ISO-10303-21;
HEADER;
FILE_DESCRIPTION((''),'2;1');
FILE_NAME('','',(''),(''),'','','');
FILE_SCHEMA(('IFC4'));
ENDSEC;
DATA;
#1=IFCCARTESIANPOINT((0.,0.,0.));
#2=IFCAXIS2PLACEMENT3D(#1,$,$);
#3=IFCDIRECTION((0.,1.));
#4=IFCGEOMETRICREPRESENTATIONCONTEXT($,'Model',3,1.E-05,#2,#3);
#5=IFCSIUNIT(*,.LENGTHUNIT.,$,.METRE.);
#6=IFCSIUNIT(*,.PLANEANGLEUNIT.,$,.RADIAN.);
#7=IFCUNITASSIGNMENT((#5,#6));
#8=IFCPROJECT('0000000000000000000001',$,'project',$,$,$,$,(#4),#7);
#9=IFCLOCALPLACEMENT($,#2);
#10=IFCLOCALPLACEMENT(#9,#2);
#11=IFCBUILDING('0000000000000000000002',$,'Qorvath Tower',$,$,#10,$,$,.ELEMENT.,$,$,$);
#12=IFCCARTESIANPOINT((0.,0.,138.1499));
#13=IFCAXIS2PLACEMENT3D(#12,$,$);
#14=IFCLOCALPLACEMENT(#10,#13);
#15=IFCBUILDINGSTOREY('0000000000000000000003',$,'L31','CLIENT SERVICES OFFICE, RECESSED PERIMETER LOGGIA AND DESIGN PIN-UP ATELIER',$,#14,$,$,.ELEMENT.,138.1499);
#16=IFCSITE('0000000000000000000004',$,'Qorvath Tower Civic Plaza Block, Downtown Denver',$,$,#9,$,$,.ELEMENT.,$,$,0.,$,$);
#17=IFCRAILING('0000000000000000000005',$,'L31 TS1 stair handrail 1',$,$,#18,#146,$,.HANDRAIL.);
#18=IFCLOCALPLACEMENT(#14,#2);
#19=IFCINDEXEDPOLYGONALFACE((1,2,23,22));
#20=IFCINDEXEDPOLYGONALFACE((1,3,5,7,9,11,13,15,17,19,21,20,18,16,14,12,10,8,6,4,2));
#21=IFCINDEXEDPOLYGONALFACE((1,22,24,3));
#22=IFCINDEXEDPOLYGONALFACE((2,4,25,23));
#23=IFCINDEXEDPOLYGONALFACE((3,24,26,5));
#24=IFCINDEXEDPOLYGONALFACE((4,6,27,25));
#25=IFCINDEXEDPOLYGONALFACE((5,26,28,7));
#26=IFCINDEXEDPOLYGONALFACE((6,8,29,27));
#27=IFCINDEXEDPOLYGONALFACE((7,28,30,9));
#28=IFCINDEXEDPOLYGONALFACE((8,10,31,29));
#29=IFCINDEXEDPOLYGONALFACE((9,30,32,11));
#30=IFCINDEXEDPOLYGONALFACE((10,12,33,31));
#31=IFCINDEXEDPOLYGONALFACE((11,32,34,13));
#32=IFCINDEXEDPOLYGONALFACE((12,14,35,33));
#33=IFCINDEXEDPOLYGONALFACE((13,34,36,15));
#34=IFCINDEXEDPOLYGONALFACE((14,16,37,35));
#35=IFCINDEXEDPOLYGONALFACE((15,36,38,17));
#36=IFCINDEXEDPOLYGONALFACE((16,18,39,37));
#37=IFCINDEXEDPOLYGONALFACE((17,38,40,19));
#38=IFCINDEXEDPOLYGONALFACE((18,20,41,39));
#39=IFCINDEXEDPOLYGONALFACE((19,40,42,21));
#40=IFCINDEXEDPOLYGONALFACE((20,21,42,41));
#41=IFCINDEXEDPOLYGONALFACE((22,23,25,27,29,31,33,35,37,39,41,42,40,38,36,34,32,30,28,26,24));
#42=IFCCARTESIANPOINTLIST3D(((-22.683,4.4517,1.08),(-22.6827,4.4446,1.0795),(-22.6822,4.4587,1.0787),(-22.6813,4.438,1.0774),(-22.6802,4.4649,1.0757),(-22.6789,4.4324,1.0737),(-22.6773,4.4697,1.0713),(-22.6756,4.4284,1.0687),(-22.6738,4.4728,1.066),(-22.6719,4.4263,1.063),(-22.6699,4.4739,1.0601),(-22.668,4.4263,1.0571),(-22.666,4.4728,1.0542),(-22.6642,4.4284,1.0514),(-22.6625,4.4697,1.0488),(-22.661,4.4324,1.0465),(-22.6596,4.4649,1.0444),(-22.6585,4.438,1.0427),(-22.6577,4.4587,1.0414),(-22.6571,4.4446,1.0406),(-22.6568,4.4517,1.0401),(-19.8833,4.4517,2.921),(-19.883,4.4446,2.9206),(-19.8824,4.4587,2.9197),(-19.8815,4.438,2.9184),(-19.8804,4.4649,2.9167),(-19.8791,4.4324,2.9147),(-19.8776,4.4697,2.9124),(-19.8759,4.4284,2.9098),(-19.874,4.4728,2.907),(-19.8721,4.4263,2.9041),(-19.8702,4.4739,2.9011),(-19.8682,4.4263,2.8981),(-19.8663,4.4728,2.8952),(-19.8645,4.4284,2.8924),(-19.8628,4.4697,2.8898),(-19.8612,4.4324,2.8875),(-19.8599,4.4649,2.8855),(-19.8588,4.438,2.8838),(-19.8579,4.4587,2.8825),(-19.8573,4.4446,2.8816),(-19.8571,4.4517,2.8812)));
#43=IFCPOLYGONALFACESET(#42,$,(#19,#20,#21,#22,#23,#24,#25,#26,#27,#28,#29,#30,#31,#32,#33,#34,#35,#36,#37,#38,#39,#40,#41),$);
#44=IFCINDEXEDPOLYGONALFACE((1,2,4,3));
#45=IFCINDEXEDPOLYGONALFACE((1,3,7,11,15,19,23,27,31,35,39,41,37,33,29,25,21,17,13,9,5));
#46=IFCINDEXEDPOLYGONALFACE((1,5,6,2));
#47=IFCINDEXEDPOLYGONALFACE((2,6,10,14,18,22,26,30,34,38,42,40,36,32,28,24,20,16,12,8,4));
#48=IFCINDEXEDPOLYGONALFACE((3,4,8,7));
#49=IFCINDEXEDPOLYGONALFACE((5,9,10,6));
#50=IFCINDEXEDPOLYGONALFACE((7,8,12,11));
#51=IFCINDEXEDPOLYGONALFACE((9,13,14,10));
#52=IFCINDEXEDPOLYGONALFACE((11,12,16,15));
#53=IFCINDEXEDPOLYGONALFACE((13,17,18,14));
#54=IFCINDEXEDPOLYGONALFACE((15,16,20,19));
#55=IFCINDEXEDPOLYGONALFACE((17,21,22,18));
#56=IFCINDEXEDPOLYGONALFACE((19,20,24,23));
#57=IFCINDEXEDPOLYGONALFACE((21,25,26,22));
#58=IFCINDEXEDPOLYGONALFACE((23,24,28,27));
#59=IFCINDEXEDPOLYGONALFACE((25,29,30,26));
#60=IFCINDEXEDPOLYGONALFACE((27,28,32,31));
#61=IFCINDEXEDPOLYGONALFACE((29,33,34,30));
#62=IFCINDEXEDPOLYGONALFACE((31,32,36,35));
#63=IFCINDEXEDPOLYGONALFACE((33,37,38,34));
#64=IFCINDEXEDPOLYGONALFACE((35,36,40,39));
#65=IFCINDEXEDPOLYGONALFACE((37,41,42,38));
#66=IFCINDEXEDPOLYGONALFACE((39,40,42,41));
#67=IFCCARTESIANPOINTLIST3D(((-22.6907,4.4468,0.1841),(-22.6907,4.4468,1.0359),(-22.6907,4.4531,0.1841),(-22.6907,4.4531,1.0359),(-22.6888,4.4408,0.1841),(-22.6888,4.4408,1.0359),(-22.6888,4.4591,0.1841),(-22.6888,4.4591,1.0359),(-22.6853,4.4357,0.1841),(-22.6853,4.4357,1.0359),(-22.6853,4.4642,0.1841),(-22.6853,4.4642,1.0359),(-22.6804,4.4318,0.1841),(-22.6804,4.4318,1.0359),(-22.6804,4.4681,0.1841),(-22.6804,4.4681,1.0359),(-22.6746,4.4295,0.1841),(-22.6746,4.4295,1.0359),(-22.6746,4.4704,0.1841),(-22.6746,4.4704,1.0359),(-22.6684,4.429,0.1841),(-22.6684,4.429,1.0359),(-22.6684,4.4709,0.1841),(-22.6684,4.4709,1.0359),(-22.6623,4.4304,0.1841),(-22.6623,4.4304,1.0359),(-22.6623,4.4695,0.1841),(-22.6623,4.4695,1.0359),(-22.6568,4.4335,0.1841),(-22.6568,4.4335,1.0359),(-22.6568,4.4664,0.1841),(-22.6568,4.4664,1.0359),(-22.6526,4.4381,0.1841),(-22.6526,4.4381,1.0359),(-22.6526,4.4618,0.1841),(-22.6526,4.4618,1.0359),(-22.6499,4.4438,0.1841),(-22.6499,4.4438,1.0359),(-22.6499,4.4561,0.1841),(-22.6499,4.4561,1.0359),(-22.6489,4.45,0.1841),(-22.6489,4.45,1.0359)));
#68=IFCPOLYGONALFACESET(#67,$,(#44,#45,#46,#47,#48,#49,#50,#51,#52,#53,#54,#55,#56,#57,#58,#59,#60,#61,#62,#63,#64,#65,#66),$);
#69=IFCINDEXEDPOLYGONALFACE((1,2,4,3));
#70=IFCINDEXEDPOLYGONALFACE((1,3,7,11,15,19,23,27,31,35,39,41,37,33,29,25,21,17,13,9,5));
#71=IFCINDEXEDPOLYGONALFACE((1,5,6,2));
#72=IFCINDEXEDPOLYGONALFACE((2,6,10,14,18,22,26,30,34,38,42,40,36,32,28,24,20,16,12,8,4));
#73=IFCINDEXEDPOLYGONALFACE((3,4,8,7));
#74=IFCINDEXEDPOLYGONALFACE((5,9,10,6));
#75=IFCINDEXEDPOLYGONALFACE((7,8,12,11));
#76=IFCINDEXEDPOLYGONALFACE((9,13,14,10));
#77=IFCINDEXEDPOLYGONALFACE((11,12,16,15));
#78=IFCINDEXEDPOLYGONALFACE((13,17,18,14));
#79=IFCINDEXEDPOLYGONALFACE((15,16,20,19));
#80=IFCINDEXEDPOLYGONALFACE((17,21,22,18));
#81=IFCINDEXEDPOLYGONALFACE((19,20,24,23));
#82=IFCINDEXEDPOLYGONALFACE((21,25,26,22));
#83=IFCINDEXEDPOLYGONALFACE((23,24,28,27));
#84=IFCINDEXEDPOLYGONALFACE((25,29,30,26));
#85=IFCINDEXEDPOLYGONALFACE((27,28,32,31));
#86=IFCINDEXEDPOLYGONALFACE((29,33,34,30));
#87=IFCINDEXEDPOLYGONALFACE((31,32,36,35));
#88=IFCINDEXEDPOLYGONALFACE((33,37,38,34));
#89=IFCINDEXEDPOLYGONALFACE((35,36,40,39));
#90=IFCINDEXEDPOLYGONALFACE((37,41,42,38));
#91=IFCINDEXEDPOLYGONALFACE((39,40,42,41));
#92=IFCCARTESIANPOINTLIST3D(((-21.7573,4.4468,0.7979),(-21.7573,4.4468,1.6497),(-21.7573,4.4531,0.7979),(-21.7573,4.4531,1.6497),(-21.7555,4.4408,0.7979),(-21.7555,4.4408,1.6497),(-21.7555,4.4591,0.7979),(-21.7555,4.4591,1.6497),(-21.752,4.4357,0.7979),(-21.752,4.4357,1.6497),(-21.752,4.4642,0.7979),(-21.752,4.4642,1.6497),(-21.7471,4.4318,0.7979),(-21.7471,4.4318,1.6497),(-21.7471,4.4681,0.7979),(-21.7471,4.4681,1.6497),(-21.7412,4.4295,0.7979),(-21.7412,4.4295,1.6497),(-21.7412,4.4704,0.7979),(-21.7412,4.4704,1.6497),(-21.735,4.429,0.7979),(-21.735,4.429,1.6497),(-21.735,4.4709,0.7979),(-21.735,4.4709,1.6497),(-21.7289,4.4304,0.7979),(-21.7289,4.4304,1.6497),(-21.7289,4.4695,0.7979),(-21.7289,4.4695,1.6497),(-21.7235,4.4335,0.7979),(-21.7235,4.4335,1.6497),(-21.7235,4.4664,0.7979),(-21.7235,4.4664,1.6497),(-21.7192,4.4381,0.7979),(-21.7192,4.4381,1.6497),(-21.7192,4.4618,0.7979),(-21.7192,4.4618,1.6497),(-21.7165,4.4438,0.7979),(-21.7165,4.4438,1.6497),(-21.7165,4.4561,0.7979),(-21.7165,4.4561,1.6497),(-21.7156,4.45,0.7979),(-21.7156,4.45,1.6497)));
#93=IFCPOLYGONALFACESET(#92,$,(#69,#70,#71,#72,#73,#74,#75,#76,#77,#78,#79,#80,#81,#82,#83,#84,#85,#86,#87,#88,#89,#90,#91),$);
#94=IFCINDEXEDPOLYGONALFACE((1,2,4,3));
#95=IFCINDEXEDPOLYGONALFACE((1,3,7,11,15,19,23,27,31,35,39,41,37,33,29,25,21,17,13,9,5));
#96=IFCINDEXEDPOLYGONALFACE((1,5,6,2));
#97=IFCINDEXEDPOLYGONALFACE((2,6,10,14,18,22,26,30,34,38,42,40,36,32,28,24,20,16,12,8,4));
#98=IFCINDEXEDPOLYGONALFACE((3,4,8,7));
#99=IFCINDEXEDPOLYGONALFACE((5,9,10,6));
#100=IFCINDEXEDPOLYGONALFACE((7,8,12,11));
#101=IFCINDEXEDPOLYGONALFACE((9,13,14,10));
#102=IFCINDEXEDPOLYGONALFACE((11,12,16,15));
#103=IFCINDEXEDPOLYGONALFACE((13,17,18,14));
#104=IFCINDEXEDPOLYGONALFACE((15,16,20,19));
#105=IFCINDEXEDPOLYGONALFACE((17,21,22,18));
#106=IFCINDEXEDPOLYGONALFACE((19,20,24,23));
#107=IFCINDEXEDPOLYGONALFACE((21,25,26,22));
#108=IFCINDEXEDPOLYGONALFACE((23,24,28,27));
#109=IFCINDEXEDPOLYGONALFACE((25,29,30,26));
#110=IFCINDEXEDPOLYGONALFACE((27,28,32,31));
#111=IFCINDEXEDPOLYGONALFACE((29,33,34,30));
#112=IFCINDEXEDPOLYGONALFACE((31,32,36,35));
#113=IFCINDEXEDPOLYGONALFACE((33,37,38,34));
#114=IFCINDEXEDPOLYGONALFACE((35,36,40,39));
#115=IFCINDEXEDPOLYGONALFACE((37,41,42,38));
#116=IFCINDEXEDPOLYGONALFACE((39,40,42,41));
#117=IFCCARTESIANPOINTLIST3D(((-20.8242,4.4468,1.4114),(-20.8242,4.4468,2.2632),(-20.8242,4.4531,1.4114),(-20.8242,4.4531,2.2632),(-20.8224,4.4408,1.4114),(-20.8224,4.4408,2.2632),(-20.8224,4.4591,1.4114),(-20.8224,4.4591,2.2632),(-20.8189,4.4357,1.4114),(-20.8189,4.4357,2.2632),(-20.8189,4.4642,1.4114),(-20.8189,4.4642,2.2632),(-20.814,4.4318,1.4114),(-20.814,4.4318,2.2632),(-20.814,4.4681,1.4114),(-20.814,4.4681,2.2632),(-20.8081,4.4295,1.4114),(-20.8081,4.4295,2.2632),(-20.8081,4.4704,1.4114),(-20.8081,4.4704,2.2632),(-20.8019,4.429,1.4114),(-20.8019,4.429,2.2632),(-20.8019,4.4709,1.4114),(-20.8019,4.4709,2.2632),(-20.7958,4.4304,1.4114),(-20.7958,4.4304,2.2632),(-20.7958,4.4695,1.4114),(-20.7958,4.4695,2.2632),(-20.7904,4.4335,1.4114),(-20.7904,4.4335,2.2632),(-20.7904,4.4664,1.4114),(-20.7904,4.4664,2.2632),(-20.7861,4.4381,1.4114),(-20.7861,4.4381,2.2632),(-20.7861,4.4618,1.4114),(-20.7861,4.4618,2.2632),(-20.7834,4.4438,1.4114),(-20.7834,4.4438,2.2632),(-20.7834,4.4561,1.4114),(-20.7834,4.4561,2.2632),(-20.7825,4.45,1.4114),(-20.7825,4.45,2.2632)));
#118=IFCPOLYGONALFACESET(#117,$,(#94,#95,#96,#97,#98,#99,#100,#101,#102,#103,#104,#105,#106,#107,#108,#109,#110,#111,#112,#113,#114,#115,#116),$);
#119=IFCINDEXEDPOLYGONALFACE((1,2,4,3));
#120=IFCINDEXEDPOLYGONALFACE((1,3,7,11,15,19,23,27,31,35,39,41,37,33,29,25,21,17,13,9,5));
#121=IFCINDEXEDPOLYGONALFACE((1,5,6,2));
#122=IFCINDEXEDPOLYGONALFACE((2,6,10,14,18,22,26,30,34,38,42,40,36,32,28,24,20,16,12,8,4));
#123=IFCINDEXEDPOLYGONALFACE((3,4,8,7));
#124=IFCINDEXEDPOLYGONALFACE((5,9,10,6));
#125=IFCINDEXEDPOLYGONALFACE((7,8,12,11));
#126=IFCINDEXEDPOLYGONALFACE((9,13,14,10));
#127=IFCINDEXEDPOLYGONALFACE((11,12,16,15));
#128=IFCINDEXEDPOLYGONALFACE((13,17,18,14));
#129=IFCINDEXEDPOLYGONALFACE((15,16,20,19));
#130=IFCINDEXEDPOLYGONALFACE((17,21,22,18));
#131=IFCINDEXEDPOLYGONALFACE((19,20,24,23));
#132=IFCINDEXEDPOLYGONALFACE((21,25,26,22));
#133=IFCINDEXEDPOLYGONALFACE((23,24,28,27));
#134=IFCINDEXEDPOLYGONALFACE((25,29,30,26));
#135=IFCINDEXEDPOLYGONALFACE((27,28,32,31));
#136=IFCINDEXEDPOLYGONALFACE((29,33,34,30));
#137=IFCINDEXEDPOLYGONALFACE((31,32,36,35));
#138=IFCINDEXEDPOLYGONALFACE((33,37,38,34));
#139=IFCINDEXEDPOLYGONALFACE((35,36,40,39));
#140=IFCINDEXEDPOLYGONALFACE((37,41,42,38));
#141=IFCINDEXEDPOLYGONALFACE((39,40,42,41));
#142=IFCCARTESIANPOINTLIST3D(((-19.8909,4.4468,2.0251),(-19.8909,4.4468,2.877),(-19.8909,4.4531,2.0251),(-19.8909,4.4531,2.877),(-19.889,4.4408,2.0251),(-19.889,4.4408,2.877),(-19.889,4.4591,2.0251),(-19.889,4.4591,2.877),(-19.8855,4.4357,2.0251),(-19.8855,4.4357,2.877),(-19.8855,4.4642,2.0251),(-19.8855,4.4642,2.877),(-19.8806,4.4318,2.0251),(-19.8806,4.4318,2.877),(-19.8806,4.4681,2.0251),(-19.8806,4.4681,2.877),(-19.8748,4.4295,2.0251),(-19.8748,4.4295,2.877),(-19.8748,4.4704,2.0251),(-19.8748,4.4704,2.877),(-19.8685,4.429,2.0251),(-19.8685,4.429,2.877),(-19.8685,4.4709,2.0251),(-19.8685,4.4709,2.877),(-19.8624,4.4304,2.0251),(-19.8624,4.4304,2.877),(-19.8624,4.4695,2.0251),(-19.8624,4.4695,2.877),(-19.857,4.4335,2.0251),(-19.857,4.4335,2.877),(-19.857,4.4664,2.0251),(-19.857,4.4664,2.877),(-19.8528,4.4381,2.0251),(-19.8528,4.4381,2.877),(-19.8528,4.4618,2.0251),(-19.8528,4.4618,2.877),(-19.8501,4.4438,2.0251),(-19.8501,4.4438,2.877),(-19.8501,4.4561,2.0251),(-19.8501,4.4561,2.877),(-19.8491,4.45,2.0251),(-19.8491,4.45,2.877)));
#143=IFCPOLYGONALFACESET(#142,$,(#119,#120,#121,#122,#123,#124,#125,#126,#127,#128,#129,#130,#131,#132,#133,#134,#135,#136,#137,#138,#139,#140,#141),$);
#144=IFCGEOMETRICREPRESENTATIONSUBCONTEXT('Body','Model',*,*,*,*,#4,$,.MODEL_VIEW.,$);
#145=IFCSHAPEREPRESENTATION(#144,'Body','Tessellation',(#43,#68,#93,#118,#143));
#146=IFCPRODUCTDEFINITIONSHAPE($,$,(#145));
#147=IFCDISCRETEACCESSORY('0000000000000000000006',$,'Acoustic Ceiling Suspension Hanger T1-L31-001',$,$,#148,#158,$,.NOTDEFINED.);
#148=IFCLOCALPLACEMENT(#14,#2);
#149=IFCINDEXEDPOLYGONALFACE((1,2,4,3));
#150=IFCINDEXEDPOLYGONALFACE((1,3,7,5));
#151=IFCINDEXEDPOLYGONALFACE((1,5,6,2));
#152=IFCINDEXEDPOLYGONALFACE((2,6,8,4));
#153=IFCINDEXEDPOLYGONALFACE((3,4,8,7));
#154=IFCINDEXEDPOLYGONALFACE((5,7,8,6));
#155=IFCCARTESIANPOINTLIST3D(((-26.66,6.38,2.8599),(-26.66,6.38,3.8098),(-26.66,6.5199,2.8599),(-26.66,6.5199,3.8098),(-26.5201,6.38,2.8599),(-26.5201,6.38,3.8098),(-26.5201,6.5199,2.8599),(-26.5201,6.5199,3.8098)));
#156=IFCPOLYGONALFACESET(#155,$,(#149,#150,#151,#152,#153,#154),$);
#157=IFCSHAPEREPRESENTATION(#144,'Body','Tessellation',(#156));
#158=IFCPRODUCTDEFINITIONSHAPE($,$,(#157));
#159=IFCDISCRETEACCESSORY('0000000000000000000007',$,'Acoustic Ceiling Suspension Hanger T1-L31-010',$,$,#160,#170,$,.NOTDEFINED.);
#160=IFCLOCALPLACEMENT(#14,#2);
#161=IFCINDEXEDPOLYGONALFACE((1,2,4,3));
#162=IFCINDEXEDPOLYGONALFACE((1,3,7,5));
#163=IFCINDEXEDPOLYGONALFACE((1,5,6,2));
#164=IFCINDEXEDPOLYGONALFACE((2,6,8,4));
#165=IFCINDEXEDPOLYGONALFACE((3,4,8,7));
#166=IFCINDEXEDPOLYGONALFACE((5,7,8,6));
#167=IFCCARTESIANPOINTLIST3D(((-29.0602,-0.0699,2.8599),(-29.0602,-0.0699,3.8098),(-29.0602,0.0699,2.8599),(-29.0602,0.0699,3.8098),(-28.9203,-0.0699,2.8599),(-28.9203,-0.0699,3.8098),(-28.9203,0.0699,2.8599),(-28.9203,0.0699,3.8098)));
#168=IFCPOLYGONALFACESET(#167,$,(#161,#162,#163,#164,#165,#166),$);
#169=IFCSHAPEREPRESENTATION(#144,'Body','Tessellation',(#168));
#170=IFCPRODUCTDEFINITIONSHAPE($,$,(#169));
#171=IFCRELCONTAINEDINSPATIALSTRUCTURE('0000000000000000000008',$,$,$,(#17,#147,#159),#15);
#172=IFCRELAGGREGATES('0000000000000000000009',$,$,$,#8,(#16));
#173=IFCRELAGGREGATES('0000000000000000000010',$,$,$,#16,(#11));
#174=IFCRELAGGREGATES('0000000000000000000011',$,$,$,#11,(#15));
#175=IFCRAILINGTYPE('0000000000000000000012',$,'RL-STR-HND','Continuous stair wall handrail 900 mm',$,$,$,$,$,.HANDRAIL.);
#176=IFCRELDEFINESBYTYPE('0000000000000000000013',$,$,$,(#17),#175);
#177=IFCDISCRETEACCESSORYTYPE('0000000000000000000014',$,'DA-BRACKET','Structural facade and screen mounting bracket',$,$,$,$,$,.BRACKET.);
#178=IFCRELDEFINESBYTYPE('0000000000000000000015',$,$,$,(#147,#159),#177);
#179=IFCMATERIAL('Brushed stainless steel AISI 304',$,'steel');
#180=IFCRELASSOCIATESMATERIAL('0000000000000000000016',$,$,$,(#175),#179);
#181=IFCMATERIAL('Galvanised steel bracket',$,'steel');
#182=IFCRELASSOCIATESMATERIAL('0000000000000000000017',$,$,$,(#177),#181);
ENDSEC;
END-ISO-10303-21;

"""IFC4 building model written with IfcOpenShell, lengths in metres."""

from ifc_helpers import new_model, si_unit, direction, frame, origin, origin_2d, place, context, subcontext, project, spatial, rectangle, circle, extrude, material, type_object, element, save


model = new_model("IFC4")

# Units and contexts
model_context = context("Model", 3, precision=1e-05, world=origin(), true_north=direction((0.0, 1.0)))
body_context = subcontext(model_context, "Body", "Model", "MODEL_VIEW")
ifc_project = project(units=[si_unit("LENGTHUNIT", "METRE"), si_unit("PLANEANGLEUNIT", "RADIAN")], contexts=[model_context])

# Site, building, storey
site_placement = place(None, origin())
site = spatial("IfcSite", under=ifc_project, at=site_placement, Name="Qorvath Tower Civic Plaza Block, Downtown Denver", CompositionType="ELEMENT", RefElevation=0.0)
building_placement = place(site_placement, origin())
building = spatial("IfcBuilding", under=site, at=building_placement, Name="Qorvath Tower", CompositionType="ELEMENT")
storey_placement = place(building_placement, frame((0.0, 0.0, 138.1499)))
storey = spatial("IfcBuildingStorey", under=building, at=storey_placement, Name="L31", Description="CLIENT SERVICES OFFICE, RECESSED PERIMETER LOGGIA AND DESIGN PIN-UP ATELIER", CompositionType="ELEMENT", Elevation=138.1499)

# Railing
ifc_material_1 = material(Name="Brushed stainless steel AISI 304", Category="steel")
railing_type_1 = type_object("IfcRailingType", Name="RL-STR-HND", Description="Continuous stair wall handrail 900 mm", PredefinedType="HANDRAIL", material=ifc_material_1)
railing_1_placement = place(storey_placement, frame((-22.6699, 4.45, 0.1841)))
element("IfcRailing", 1, at=railing_1_placement, inside=storey, type_object=railing_type_1, Name="L31 TS1 stair handrail 1", PredefinedType="HANDRAIL", context=body_context, shape_type="SweptSolid", body=[
    extrude(circle(Radius=0.0239, at=origin_2d()), frame((0.0, 0.0, 0.876), z_axis=(0.835542, 0.0, 0.549426), x_axis=(0.0, 1.0, 0.0)), (0.0, 0.0, 1.0), 3.3508),
    extrude(circle(Radius=0.021, at=origin_2d()), origin(), (0.0, 0.0, 1.0), 0.8518),
    extrude(circle(Radius=0.021, at=origin_2d()), frame((0.9333, 0.0, 0.6138)), (0.0, 0.0, 1.0), 0.8518),
    extrude(circle(Radius=0.021, at=origin_2d()), frame((1.8665, 0.0, 1.2273)), (0.0, 0.0, 1.0), 0.8518),
    extrude(circle(Radius=0.021, at=origin_2d()), frame((2.7998, 0.0, 1.8411)), (0.0, 0.0, 1.0), 0.8518),
])

# Discrete accessories
ifc_material_2 = material(Name="Galvanised steel bracket", Category="steel")
discrete_accessory_type = type_object("IfcDiscreteAccessoryType", Name="DA-BRACKET", Description="Structural facade and screen mounting bracket", PredefinedType="BRACKET", material=ifc_material_2)
for number, where, z_axis, x_axis, name in (
    (2, (-26.5901, 6.45, 2.8599), (0.0, 0.0, 1.0), (1.0, 0.0, 0.0), "Acoustic Ceiling Suspension Hanger T1-L31-001"),
    (3, (-28.9902, 0.0, 2.8599), (0.0, 0.0, 1.0), (1.0, 0.0, 0.0), "Acoustic Ceiling Suspension Hanger T1-L31-010"),
):
    element("IfcDiscreteAccessory", number, at=place(storey_placement, frame(where, z_axis=z_axis, x_axis=x_axis)), inside=storey, type_object=discrete_accessory_type, Name=name, PredefinedType="NOTDEFINED", context=body_context, shape_type="SweptSolid", body=[
        extrude(rectangle(XDim=0.1399, YDim=0.1399, at=origin_2d()), origin(), (0.0, 0.0, 1.0), 0.95),
    ])

save(model, "model.ifc")
